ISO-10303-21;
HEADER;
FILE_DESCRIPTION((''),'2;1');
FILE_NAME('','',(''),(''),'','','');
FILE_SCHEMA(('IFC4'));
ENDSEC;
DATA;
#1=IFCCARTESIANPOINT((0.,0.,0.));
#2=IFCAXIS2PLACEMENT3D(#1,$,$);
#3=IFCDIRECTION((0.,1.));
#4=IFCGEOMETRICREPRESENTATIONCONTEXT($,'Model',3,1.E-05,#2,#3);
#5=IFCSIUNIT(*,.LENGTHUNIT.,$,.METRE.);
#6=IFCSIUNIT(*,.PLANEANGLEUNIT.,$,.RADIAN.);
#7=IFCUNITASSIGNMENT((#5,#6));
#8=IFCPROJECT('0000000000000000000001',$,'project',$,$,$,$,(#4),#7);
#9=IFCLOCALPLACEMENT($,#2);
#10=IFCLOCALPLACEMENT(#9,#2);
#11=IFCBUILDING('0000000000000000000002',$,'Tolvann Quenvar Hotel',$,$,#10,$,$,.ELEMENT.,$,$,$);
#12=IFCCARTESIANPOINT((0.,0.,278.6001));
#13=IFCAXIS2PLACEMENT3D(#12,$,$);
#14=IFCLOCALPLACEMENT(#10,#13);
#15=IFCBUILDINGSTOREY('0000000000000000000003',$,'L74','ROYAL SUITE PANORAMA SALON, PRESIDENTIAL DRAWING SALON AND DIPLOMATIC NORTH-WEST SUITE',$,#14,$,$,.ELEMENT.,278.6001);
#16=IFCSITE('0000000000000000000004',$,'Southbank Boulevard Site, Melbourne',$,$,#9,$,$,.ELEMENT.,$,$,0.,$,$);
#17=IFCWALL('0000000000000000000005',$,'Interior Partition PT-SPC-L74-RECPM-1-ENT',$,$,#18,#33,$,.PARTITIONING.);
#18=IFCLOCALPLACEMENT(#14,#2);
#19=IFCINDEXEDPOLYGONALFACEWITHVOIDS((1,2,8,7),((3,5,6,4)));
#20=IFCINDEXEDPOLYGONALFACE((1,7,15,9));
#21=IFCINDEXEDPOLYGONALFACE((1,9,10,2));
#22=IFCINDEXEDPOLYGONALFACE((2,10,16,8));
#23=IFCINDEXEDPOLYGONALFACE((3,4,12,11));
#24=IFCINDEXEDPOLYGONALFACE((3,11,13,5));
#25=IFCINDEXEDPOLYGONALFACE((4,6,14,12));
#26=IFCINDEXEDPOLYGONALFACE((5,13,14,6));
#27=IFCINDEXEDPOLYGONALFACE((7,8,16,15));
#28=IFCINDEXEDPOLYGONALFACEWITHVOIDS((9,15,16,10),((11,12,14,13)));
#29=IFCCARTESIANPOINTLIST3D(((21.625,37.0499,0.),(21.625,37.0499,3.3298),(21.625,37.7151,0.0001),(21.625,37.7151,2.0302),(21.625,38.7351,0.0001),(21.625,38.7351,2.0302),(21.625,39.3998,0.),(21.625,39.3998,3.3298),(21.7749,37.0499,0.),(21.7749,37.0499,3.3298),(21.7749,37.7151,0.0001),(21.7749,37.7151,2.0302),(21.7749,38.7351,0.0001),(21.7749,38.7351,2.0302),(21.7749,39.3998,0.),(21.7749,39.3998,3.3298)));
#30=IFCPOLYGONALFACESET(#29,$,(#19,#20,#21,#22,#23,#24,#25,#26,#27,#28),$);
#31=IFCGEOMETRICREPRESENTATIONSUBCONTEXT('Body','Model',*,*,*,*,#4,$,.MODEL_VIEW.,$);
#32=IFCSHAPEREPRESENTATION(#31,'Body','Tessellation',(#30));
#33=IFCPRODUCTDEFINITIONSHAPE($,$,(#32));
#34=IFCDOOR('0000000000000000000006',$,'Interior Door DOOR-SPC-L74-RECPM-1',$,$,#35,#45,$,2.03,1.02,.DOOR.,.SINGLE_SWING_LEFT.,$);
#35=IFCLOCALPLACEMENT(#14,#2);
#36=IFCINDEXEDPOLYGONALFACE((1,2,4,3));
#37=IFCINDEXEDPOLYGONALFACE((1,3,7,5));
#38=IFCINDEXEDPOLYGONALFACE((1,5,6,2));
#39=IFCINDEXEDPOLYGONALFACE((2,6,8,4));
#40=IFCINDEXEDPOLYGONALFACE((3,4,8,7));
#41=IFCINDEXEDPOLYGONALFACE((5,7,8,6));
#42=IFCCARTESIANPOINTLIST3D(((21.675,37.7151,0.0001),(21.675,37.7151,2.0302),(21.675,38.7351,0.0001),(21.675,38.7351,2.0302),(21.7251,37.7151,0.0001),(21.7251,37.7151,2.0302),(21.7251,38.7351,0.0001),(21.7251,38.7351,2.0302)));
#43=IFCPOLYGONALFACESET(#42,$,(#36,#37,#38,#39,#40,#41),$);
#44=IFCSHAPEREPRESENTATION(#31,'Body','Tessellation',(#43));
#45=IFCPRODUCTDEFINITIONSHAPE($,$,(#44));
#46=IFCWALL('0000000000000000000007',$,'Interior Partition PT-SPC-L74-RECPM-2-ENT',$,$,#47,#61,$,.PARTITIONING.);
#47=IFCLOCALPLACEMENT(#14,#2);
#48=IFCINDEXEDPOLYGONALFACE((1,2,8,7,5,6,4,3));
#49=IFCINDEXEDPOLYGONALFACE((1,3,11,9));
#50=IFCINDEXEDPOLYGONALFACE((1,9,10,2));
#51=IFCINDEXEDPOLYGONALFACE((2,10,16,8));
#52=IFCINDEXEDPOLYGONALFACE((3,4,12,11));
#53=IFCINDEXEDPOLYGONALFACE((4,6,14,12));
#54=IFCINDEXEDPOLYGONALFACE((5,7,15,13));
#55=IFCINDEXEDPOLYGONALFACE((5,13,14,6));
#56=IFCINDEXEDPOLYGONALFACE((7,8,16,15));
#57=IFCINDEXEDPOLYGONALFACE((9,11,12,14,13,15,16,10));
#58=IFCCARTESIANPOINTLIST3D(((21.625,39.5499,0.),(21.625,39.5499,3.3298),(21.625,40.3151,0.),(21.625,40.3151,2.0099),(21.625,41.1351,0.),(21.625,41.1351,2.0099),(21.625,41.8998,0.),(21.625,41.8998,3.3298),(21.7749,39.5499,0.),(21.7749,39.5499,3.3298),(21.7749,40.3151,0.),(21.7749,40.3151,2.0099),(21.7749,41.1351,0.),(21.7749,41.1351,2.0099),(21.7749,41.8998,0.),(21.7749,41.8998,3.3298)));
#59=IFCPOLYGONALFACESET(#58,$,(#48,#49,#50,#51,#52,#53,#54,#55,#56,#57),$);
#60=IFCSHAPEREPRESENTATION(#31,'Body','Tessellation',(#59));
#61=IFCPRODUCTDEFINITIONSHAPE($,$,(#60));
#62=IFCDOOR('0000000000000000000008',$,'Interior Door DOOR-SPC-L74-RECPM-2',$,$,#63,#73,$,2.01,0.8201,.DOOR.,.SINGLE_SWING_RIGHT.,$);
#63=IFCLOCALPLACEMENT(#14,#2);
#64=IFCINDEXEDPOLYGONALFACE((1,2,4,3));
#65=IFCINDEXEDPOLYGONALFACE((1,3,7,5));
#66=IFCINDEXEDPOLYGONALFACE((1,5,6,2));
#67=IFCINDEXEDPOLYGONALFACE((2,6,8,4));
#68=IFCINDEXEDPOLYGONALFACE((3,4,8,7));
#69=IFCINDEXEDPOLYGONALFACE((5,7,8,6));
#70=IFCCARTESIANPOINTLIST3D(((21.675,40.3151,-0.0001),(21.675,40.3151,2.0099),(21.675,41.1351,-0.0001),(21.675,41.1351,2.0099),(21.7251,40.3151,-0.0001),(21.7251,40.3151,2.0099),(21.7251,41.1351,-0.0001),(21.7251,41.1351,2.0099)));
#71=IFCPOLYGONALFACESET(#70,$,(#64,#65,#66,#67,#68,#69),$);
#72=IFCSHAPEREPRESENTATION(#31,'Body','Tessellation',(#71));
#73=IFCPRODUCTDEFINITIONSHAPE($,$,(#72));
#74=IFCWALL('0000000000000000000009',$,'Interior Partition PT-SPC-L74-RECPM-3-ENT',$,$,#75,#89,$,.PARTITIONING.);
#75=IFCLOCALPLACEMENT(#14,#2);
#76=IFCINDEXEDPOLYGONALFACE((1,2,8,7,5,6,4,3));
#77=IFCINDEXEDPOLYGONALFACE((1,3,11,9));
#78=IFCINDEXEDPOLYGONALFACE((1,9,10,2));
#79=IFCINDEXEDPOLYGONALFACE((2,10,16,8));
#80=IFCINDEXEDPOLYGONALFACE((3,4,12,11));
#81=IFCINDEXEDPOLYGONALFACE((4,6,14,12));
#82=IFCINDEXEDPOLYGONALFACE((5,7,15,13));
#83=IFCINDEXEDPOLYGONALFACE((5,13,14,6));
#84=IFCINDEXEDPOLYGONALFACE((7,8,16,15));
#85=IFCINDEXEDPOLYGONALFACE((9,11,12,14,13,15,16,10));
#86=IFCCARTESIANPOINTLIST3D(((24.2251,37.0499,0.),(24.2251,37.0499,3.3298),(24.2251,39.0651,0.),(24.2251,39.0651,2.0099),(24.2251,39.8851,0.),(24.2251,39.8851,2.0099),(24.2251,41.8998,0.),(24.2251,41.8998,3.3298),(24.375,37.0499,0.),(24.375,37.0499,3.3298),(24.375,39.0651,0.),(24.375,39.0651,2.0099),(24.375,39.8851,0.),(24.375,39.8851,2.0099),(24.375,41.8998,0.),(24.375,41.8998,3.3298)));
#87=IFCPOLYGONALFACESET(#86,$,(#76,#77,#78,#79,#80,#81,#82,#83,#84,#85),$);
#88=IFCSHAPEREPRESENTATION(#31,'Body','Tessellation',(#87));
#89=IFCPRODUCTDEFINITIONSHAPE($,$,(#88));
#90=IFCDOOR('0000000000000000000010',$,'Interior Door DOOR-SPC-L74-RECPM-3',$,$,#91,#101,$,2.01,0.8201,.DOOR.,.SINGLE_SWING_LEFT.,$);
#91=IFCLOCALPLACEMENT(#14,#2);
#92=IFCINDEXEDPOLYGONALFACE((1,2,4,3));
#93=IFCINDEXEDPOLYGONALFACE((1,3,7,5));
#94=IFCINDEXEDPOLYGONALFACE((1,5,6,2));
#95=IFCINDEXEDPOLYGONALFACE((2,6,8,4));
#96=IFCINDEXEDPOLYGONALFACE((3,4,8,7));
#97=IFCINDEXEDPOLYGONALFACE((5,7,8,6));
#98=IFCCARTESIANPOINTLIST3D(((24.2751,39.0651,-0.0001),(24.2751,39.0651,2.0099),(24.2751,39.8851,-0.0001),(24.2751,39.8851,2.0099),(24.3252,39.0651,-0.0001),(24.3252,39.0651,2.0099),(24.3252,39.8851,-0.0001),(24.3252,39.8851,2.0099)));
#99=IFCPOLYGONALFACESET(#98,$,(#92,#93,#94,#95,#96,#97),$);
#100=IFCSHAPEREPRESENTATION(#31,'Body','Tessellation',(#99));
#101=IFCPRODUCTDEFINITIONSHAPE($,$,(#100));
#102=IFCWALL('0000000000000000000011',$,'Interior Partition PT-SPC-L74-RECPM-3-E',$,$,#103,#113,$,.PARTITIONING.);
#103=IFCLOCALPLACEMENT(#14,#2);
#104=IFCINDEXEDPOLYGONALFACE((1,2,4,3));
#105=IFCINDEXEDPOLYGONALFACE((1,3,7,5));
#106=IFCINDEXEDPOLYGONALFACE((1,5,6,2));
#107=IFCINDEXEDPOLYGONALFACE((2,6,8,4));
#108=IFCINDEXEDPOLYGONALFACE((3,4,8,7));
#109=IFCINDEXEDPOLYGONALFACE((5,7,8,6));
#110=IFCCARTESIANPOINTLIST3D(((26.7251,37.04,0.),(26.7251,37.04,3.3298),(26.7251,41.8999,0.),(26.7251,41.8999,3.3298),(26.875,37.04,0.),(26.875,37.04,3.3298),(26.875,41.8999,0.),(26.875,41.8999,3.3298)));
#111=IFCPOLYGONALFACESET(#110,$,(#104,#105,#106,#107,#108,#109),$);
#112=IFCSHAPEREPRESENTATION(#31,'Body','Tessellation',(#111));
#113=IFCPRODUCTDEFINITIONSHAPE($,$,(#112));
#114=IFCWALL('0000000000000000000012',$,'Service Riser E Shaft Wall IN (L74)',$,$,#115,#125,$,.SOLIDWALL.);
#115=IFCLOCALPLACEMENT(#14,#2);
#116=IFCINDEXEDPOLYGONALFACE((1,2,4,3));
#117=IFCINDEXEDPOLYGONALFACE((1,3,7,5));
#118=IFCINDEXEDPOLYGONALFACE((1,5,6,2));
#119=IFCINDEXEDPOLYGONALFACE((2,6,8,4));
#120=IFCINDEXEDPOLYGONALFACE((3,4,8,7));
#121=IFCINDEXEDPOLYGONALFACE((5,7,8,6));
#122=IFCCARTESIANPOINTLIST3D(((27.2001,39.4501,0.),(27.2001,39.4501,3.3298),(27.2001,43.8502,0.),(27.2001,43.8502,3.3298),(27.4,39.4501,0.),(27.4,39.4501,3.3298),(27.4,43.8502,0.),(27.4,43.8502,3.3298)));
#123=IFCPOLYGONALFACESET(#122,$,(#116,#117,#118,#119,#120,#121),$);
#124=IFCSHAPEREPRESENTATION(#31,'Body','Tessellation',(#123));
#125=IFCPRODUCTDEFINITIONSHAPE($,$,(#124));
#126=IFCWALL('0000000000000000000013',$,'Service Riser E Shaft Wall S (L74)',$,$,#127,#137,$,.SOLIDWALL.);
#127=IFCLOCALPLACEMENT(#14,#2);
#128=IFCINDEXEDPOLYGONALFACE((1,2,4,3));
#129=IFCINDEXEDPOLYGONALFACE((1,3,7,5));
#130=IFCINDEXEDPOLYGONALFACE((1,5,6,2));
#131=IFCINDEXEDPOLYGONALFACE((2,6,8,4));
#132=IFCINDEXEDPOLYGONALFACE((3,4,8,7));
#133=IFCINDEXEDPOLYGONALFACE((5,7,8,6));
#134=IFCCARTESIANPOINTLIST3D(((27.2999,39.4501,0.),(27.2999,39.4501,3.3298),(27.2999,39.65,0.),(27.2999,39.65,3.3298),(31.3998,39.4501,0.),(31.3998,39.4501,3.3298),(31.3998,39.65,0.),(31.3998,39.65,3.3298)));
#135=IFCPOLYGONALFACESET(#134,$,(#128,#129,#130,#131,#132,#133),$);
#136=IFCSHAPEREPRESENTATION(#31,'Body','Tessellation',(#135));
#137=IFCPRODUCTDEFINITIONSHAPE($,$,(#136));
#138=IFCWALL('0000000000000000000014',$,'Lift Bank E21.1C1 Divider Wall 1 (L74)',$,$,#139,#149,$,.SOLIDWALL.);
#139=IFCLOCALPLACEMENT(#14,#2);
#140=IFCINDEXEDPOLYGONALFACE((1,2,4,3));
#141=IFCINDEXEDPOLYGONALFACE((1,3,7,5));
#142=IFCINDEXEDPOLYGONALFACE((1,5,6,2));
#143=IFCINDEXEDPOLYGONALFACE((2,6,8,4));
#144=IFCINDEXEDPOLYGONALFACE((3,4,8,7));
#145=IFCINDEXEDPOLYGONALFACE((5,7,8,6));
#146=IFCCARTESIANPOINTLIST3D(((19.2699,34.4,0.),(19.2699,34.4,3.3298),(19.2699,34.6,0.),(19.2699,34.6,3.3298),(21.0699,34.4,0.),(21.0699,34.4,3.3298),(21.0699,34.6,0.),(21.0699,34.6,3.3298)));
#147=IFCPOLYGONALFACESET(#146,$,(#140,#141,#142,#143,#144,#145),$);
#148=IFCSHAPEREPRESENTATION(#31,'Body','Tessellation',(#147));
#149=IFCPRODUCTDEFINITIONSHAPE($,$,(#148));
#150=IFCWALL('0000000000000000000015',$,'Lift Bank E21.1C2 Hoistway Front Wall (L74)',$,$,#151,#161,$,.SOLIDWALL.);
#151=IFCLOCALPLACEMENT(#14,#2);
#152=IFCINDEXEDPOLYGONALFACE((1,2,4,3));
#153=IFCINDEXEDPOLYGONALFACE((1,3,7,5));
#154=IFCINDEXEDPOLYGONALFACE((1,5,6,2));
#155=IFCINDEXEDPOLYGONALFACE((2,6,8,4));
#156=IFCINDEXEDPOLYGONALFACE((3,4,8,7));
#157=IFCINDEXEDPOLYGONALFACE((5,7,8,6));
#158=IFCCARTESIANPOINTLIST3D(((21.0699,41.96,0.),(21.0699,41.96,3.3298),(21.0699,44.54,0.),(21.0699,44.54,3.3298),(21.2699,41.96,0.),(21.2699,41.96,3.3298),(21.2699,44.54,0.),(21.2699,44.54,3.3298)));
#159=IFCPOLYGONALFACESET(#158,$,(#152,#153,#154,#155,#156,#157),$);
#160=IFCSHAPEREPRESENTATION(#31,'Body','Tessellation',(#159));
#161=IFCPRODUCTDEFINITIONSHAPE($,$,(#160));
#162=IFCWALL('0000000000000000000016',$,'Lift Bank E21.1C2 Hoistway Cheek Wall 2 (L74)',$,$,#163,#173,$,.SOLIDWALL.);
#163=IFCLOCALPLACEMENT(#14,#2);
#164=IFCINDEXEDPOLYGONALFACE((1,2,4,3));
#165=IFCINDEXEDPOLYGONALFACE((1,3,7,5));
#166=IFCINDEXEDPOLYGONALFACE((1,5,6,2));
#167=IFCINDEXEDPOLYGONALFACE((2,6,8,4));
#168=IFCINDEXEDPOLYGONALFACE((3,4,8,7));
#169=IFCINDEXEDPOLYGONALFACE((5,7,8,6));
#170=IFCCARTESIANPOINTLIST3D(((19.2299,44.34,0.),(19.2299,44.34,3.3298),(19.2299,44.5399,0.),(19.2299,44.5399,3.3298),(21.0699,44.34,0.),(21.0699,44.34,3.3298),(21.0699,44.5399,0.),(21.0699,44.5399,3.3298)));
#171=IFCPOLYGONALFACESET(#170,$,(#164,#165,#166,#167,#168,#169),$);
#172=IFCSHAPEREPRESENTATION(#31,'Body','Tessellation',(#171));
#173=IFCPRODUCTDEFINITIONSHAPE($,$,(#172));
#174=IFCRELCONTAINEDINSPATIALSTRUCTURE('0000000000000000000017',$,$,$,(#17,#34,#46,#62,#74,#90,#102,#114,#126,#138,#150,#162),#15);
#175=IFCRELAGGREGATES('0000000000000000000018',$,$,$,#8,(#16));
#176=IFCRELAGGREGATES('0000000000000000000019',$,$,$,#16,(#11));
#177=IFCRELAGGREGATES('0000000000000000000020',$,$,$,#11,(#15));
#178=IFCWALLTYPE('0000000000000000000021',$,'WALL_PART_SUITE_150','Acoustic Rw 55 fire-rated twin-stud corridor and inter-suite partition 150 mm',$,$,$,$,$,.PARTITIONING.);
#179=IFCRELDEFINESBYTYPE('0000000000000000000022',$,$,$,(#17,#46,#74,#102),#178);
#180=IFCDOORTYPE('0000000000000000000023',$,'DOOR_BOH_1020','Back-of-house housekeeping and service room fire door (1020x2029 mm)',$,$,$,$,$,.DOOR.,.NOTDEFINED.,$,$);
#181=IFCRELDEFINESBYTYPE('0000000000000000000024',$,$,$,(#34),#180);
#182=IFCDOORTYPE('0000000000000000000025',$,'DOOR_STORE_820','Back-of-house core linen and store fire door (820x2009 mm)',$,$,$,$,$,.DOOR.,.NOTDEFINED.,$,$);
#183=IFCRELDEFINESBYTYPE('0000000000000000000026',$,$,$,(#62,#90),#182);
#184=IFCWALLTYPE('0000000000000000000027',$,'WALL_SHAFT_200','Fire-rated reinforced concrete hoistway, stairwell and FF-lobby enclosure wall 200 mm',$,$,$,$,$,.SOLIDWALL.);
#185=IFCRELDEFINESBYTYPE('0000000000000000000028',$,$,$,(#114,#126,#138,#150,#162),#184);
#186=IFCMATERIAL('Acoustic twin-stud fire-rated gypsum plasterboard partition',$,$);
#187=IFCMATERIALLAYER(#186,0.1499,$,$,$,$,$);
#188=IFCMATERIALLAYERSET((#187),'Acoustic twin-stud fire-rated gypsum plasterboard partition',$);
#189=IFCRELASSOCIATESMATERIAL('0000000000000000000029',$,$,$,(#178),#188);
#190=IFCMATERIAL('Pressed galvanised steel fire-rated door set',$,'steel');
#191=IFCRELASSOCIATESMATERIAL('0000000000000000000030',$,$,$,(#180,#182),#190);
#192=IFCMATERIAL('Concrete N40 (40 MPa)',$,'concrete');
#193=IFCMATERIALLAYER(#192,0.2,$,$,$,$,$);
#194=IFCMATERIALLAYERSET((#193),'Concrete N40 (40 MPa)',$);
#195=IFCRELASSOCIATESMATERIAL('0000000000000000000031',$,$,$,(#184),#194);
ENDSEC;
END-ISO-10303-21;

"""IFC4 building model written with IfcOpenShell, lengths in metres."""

from ifc_helpers import new_model, si_unit, direction, frame, frame_2d, origin, place, context, subcontext, project, spatial, rectangle, extrude, source, transform, mapped, material, layer, layer_set, type_object, type_shapes, element, fill, save


model = new_model("IFC4")

# Units and contexts
model_context = context("Model", 3, precision=1e-05, world=origin(), true_north=direction((0.0, 1.0)))
body_context = subcontext(model_context, "Body", "Model", "MODEL_VIEW")
ifc_project = project(units=[si_unit("LENGTHUNIT", "METRE"), si_unit("PLANEANGLEUNIT", "RADIAN")], contexts=[model_context])

# Site, building, storey
site_placement = place(None, origin())
site = spatial("IfcSite", under=ifc_project, at=site_placement, Name="Southbank Boulevard Site, Melbourne", CompositionType="ELEMENT", RefElevation=0.0)
building_placement = place(site_placement, origin())
building = spatial("IfcBuilding", under=site, at=building_placement, Name="Tolvann Quenvar Hotel", CompositionType="ELEMENT")
storey_placement = place(building_placement, frame((0.0, 0.0, 278.6001)))
storey = spatial("IfcBuildingStorey", under=building, at=storey_placement, Name="L74", Description="ROYAL SUITE PANORAMA SALON, PRESIDENTIAL DRAWING SALON AND DIPLOMATIC NORTH-WEST SUITE", CompositionType="ELEMENT", Elevation=278.6001)

# Walls, openings, doors
ifc_material_1 = material(Name="Acoustic twin-stud fire-rated gypsum plasterboard partition")
ifc_layer_1 = layer(ifc_material_1, 0.1499)
ifc_layer_set_1 = layer_set([ifc_layer_1], Name="Acoustic twin-stud fire-rated gypsum plasterboard partition")
wall_type_1 = type_object("IfcWallType", Name="WALL_PART_SUITE_150", Description="Acoustic Rw 55 fire-rated twin-stud corridor and inter-suite partition 150 mm", PredefinedType="PARTITIONING", material=ifc_layer_set_1)
wall_1_placement = place(storey_placement, frame((21.7, 37.05, 0.0), z_axis=(0.0, 0.0, 1.0), x_axis=(0.0, 1.0, 0.0)))
wall_1 = element("IfcWall", 1, at=wall_1_placement, inside=storey, type_object=wall_type_1, Name="Interior Partition PT-SPC-L74-RECPM-1-ENT", PredefinedType="PARTITIONING", context=body_context, shape_type="SweptSolid", body=[
    extrude(rectangle(XDim=2.3499, YDim=0.1499, at=frame_2d((1.1748, 0.0))), origin(), (0.0, 0.0, 1.0), 3.3298),
])
opening_1_placement = place(wall_1_placement, frame((0.665, 0.0, 0.0)))
opening_1 = element("IfcOpeningElement", 2, at=opening_1_placement, cuts=wall_1, PredefinedType="OPENING", context=body_context, shape_type="SweptSolid", body=[
    extrude(rectangle(XDim=1.02, YDim=2.03, at=frame_2d((0.51, 1.0151))), frame((0.0, 0.085, 0.0), z_axis=(0.0, -1.0, 0.0), x_axis=(1.0, 0.0, 0.0)), (0.0, 0.0, 1.0), 0.1699),
])
ifc_material_2 = material(Name="Pressed galvanised steel fire-rated door set", Category="steel")
door_type_1 = type_object("IfcDoorType", Name="DOOR_BOH_1020", Description="Back-of-house housekeeping and service room fire door (1020x2029 mm)", OperationType="NOTDEFINED", PredefinedType="DOOR", material=ifc_material_2)
shared_shape_1 = source(origin(), body_context, "Body", "SweptSolid", [
    extrude(rectangle(XDim=1.02, YDim=2.03, at=frame_2d((0.51, 1.0151))), frame((0.0, 0.0249, 0.0), z_axis=(0.0, -1.0, 0.0), x_axis=(1.0, 0.0, 0.0)), (0.0, 0.0, 1.0), 0.05),
])
type_shapes(door_type_1, [shared_shape_1])
door_1_placement = place(opening_1_placement, origin())
door_1 = element("IfcDoor", 3, at=door_1_placement, inside=storey, type_object=door_type_1, Name="Interior Door DOOR-SPC-L74-RECPM-1", OperationType="SINGLE_SWING_LEFT", OverallHeight=2.03, OverallWidth=1.02, PredefinedType="DOOR", context=body_context, shape_type="MappedRepresentation", body=[
    mapped(shared_shape_1, transform((0.0, 0.0, 0.0), x_axis=(1.0, 0.0, 0.0), y_axis=(0.0, 1.0, 0.0), z_axis=(0.0, 0.0, 1.0), scale=1.0)),
])
fill(opening_1, door_1)
wall_2_placement = place(storey_placement, frame((21.7, 39.55, 0.0), z_axis=(0.0, 0.0, 1.0), x_axis=(0.0, 1.0, 0.0)))
wall_2 = element("IfcWall", 4, at=wall_2_placement, inside=storey, type_object=wall_type_1, Name="Interior Partition PT-SPC-L74-RECPM-2-ENT", PredefinedType="PARTITIONING", context=body_context, shape_type="SweptSolid", body=[
    extrude(rectangle(XDim=2.3499, YDim=0.1499, at=frame_2d((1.1748, 0.0))), origin(), (0.0, 0.0, 1.0), 3.3298),
])
opening_2_placement = place(wall_2_placement, frame((0.7649, 0.0, 0.0)))
opening_2 = element("IfcOpeningElement", 5, at=opening_2_placement, cuts=wall_2, PredefinedType="OPENING", context=body_context, shape_type="SweptSolid", body=[
    extrude(rectangle(XDim=0.8201, YDim=2.01, at=frame_2d((0.4102, 1.0049))), frame((0.0, 0.085, 0.0), z_axis=(0.0, -1.0, 0.0), x_axis=(1.0, 0.0, 0.0)), (0.0, 0.0, 1.0), 0.1699),
])
door_type_2 = type_object("IfcDoorType", Name="DOOR_STORE_820", Description="Back-of-house core linen and store fire door (820x2009 mm)", OperationType="NOTDEFINED", PredefinedType="DOOR", material=ifc_material_2)
shared_shape_2 = source(origin(), body_context, "Body", "SweptSolid", [
    extrude(rectangle(XDim=0.8201, YDim=2.01, at=frame_2d((0.4102, 1.0049))), frame((0.0, 0.0249, 0.0), z_axis=(0.0, -1.0, 0.0), x_axis=(1.0, 0.0, 0.0)), (0.0, 0.0, 1.0), 0.05),
])
type_shapes(door_type_2, [shared_shape_2])
door_2_placement = place(opening_2_placement, origin())
door_2 = element("IfcDoor", 6, at=door_2_placement, inside=storey, type_object=door_type_2, Name="Interior Door DOOR-SPC-L74-RECPM-2", OperationType="SINGLE_SWING_RIGHT", OverallHeight=2.01, OverallWidth=0.8201, PredefinedType="DOOR", context=body_context, shape_type="MappedRepresentation", body=[
    mapped(shared_shape_2, transform((0.0, 0.0, 0.0), x_axis=(1.0, 0.0, 0.0), y_axis=(0.0, 1.0, 0.0), z_axis=(0.0, 0.0, 1.0), scale=1.0)),
])
fill(opening_2, door_2)
wall_3_placement = place(storey_placement, frame((24.3, 37.05, 0.0), z_axis=(0.0, 0.0, 1.0), x_axis=(0.0, 1.0, 0.0)))
wall_3 = element("IfcWall", 7, at=wall_3_placement, inside=storey, type_object=wall_type_1, Name="Interior Partition PT-SPC-L74-RECPM-3-ENT", PredefinedType="PARTITIONING", context=body_context, shape_type="SweptSolid", body=[
    extrude(rectangle(XDim=4.8499, YDim=0.1499, at=frame_2d((2.4248, 0.0))), origin(), (0.0, 0.0, 1.0), 3.3298),
])
opening_3_placement = place(wall_3_placement, frame((2.0149, 0.0, 0.0)))
opening_3 = element("IfcOpeningElement", 8, at=opening_3_placement, cuts=wall_3, PredefinedType="OPENING", context=body_context, shape_type="SweptSolid", body=[
    extrude(rectangle(XDim=0.8201, YDim=2.01, at=frame_2d((0.4102, 1.0049))), frame((0.0, 0.085, 0.0), z_axis=(0.0, -1.0, 0.0), x_axis=(1.0, 0.0, 0.0)), (0.0, 0.0, 1.0), 0.1699),
])
door_3_placement = place(opening_3_placement, origin())
door_3 = element("IfcDoor", 9, at=door_3_placement, inside=storey, type_object=door_type_2, Name="Interior Door DOOR-SPC-L74-RECPM-3", OperationType="SINGLE_SWING_LEFT", OverallHeight=2.01, OverallWidth=0.8201, PredefinedType="DOOR", context=body_context, shape_type="MappedRepresentation", body=[
    mapped(shared_shape_2, transform((0.0, 0.0, 0.0), x_axis=(1.0, 0.0, 0.0), y_axis=(0.0, 1.0, 0.0), z_axis=(0.0, 0.0, 1.0), scale=1.0)),
])
fill(opening_3, door_3)

# Walls
wall_4_placement = place(storey_placement, frame((26.8, 37.04, 0.0), z_axis=(0.0, 0.0, 1.0), x_axis=(0.0, 1.0, 0.0)))
element("IfcWall", 10, at=wall_4_placement, inside=storey, type_object=wall_type_1, Name="Interior Partition PT-SPC-L74-RECPM-3-E", PredefinedType="PARTITIONING", context=body_context, shape_type="SweptSolid", body=[
    extrude(rectangle(XDim=4.8599, YDim=0.1499, at=frame_2d((2.4299, 0.0))), origin(), (0.0, 0.0, 1.0), 3.3298),
])
ifc_material_3 = material(Name="Concrete N40 (40 MPa)", Category="concrete")
ifc_layer_2 = layer(ifc_material_3, 0.2)
ifc_layer_set_2 = layer_set([ifc_layer_2], Name="Concrete N40 (40 MPa)")
wall_type_2 = type_object("IfcWallType", Name="WALL_SHAFT_200", Description="Fire-rated reinforced concrete hoistway, stairwell and FF-lobby enclosure wall 200 mm", PredefinedType="SOLIDWALL", material=ifc_layer_set_2)
wall_5_placement = place(storey_placement, frame((27.3, 39.45, 0.0), z_axis=(0.0, 0.0, 1.0), x_axis=(0.0, 1.0, 0.0)))
element("IfcWall", 11, at=wall_5_placement, inside=storey, type_object=wall_type_2, Name="Service Riser E Shaft Wall IN (L74)", PredefinedType="SOLIDWALL", context=body_context, shape_type="SweptSolid", body=[
    extrude(rectangle(XDim=4.4001, YDim=0.2, at=frame_2d((2.2002, 0.0))), origin(), (0.0, 0.0, 1.0), 3.3298),
])
wall_6_placement = place(storey_placement, frame((27.3, 39.55, 0.0), z_axis=(0.0, 0.0, 1.0), x_axis=(1.0, 0.0, 0.0)))
element("IfcWall", 12, at=wall_6_placement, inside=storey, type_object=wall_type_2, Name="Service Riser E Shaft Wall S (L74)", PredefinedType="SOLIDWALL", context=body_context, shape_type="SweptSolid", body=[
    extrude(rectangle(XDim=4.0999, YDim=0.2, at=frame_2d((2.0498, 0.0))), origin(), (0.0, 0.0, 1.0), 3.3298),
])
wall_7_placement = place(storey_placement, frame((19.27, 34.5, 0.0), z_axis=(0.0, 0.0, 1.0), x_axis=(1.0, 0.0, 0.0)))
element("IfcWall", 13, at=wall_7_placement, inside=storey, type_object=wall_type_2, Name="Lift Bank E21.1C1 Divider Wall 1 (L74)", PredefinedType="SOLIDWALL", context=body_context, shape_type="SweptSolid", body=[
    extrude(rectangle(XDim=1.8, YDim=0.2, at=frame_2d((0.8999, 0.0))), origin(), (0.0, 0.0, 1.0), 3.3298),
])
wall_8_placement = place(storey_placement, frame((21.1699, 41.96, 0.0), z_axis=(0.0, 0.0, 1.0), x_axis=(0.0, 1.0, 0.0)))
element("IfcWall", 14, at=wall_8_placement, inside=storey, type_object=wall_type_2, Name="Lift Bank E21.1C2 Hoistway Front Wall (L74)", PredefinedType="SOLIDWALL", context=body_context, shape_type="SweptSolid", body=[
    extrude(rectangle(XDim=2.5801, YDim=0.2, at=frame_2d((1.29, 0.0))), origin(), (0.0, 0.0, 1.0), 3.3298),
])
wall_9_placement = place(storey_placement, frame((19.23, 44.4399, 0.0), z_axis=(0.0, 0.0, 1.0), x_axis=(1.0, 0.0, 0.0)))
element("IfcWall", 15, at=wall_9_placement, inside=storey, type_object=wall_type_2, Name="Lift Bank E21.1C2 Hoistway Cheek Wall 2 (L74)", PredefinedType="SOLIDWALL", context=body_context, shape_type="SweptSolid", body=[
    extrude(rectangle(XDim=1.8401, YDim=0.2, at=frame_2d((0.9199, 0.0))), origin(), (0.0, 0.0, 1.0), 3.3298),
])

save(model, "model.ifc")
